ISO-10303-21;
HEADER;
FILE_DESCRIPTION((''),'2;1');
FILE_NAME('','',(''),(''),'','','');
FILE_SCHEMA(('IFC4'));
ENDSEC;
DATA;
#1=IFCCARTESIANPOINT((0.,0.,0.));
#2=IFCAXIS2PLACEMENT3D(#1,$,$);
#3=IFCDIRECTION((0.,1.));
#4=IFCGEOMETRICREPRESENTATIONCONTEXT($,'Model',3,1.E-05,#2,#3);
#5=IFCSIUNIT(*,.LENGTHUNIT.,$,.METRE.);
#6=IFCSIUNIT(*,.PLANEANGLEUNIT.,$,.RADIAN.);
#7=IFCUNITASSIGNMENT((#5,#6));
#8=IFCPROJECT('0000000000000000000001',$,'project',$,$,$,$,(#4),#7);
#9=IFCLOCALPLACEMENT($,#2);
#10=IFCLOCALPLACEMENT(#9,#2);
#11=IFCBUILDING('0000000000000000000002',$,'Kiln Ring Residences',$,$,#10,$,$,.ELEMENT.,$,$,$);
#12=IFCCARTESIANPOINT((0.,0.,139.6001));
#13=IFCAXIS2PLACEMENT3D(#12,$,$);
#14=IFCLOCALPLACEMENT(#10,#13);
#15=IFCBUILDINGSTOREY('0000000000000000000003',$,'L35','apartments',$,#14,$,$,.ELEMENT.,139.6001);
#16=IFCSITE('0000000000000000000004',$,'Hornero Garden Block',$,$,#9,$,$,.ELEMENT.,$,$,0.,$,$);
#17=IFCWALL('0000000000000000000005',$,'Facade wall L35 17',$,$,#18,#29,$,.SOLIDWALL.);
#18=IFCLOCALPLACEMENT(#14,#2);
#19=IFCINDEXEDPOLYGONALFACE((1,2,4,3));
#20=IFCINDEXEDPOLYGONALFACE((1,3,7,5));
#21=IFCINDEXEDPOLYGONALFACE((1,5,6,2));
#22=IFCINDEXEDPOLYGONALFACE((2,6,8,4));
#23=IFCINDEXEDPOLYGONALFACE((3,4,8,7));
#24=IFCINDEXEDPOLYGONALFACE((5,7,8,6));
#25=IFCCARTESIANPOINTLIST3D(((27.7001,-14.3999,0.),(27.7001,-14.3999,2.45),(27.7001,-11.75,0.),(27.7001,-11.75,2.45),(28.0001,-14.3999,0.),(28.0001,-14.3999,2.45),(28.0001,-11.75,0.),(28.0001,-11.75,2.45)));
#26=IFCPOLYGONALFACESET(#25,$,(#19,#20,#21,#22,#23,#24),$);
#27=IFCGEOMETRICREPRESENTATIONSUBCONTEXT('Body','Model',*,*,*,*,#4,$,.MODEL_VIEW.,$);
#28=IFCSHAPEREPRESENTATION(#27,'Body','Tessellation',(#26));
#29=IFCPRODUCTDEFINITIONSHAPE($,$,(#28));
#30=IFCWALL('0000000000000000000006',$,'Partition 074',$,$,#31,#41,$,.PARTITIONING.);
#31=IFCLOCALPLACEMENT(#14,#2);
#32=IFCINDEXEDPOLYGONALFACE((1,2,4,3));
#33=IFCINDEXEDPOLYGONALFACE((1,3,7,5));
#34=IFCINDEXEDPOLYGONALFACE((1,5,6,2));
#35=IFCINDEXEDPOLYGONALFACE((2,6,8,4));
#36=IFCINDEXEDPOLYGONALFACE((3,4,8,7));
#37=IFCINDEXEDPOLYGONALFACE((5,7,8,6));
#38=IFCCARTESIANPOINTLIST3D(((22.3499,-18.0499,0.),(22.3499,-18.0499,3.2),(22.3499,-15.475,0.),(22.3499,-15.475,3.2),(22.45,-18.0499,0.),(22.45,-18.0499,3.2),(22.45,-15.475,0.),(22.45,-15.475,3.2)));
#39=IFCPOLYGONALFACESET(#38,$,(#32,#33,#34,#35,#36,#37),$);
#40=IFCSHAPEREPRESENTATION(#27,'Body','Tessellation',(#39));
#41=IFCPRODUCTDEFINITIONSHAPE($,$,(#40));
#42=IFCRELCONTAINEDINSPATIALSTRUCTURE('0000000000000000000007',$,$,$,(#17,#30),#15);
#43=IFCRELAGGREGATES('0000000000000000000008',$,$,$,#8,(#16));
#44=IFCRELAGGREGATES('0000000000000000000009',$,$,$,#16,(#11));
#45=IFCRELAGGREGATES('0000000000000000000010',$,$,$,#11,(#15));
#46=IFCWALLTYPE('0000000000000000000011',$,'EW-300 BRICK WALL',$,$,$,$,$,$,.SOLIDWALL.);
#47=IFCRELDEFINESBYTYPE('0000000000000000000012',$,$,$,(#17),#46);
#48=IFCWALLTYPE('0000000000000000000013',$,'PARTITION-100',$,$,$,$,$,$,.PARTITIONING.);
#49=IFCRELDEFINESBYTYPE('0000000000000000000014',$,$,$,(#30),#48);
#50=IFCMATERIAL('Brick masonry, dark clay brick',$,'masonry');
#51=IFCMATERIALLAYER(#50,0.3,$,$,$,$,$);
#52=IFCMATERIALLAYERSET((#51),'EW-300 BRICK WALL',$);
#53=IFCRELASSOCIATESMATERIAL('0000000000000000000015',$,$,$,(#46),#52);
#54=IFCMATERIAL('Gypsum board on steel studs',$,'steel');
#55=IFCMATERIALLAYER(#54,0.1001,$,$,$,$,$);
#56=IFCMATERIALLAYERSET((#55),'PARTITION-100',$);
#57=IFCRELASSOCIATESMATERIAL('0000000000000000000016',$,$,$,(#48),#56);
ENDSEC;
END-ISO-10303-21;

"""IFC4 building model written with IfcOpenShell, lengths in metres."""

from ifc_helpers import new_model, si_unit, direction, frame, frame_2d, origin, place, context, subcontext, project, spatial, rectangle, extrude, material, layer, layer_set, type_object, element, save


model = new_model("IFC4")

# Units and contexts
model_context = context("Model", 3, precision=1e-05, world=origin(), true_north=direction((0.0, 1.0)))
body_context = subcontext(model_context, "Body", "Model", "MODEL_VIEW")
ifc_project = project(units=[si_unit("LENGTHUNIT", "METRE"), si_unit("PLANEANGLEUNIT", "RADIAN")], contexts=[model_context])

# Site, building, storey
site_placement = place(None, origin())
site = spatial("IfcSite", under=ifc_project, at=site_placement, Name="Hornero Garden Block", CompositionType="ELEMENT", RefElevation=0.0)
building_placement = place(site_placement, origin())
building = spatial("IfcBuilding", under=site, at=building_placement, Name="Kiln Ring Residences", CompositionType="ELEMENT")
storey_placement = place(building_placement, frame((0.0, 0.0, 139.6001)))
storey = spatial("IfcBuildingStorey", under=building, at=storey_placement, Name="L35", Description="apartments", CompositionType="ELEMENT", Elevation=139.6001)

# Walls
ifc_material_1 = material(Name="Brick masonry, dark clay brick", Category="masonry")
ifc_layer_1 = layer(ifc_material_1, 0.3)
ifc_layer_set_1 = layer_set([ifc_layer_1], Name="EW-300 BRICK WALL")
wall_type_1 = type_object("IfcWallType", Name="EW-300 BRICK WALL", PredefinedType="SOLIDWALL", material=ifc_layer_set_1)
wall_1_placement = place(storey_placement, frame((27.8501, -14.3999, 0.0), z_axis=(0.0, 0.0, 1.0), x_axis=(0.0, 1.0, 0.0)))
element("IfcWall", 1, at=wall_1_placement, inside=storey, type_object=wall_type_1, Name="Facade wall L35 17", PredefinedType="SOLIDWALL", context=body_context, shape_type="SweptSolid", body=[
    extrude(rectangle(XDim=2.6499, YDim=0.3, at=frame_2d((1.325, 0.0))), origin(), (0.0, 0.0, 1.0), 2.45),
])
ifc_material_2 = material(Name="Gypsum board on steel studs", Category="steel")
ifc_layer_2 = layer(ifc_material_2, 0.1001)
ifc_layer_set_2 = layer_set([ifc_layer_2], Name="PARTITION-100")
wall_type_2 = type_object("IfcWallType", Name="PARTITION-100", PredefinedType="PARTITIONING", material=ifc_layer_set_2)
wall_2_placement = place(storey_placement, frame((22.3999, -18.05, 0.0), z_axis=(0.0, 0.0, 1.0), x_axis=(0.0, 1.0, 0.0)))
element("IfcWall", 2, at=wall_2_placement, inside=storey, type_object=wall_type_2, Name="Partition 074", PredefinedType="PARTITIONING", context=body_context, shape_type="SweptSolid", body=[
    extrude(rectangle(XDim=2.575, YDim=0.1001, at=frame_2d((1.2876, 0.0))), origin(), (0.0, 0.0, 1.0), 3.2),
])

save(model, "model.ifc")
